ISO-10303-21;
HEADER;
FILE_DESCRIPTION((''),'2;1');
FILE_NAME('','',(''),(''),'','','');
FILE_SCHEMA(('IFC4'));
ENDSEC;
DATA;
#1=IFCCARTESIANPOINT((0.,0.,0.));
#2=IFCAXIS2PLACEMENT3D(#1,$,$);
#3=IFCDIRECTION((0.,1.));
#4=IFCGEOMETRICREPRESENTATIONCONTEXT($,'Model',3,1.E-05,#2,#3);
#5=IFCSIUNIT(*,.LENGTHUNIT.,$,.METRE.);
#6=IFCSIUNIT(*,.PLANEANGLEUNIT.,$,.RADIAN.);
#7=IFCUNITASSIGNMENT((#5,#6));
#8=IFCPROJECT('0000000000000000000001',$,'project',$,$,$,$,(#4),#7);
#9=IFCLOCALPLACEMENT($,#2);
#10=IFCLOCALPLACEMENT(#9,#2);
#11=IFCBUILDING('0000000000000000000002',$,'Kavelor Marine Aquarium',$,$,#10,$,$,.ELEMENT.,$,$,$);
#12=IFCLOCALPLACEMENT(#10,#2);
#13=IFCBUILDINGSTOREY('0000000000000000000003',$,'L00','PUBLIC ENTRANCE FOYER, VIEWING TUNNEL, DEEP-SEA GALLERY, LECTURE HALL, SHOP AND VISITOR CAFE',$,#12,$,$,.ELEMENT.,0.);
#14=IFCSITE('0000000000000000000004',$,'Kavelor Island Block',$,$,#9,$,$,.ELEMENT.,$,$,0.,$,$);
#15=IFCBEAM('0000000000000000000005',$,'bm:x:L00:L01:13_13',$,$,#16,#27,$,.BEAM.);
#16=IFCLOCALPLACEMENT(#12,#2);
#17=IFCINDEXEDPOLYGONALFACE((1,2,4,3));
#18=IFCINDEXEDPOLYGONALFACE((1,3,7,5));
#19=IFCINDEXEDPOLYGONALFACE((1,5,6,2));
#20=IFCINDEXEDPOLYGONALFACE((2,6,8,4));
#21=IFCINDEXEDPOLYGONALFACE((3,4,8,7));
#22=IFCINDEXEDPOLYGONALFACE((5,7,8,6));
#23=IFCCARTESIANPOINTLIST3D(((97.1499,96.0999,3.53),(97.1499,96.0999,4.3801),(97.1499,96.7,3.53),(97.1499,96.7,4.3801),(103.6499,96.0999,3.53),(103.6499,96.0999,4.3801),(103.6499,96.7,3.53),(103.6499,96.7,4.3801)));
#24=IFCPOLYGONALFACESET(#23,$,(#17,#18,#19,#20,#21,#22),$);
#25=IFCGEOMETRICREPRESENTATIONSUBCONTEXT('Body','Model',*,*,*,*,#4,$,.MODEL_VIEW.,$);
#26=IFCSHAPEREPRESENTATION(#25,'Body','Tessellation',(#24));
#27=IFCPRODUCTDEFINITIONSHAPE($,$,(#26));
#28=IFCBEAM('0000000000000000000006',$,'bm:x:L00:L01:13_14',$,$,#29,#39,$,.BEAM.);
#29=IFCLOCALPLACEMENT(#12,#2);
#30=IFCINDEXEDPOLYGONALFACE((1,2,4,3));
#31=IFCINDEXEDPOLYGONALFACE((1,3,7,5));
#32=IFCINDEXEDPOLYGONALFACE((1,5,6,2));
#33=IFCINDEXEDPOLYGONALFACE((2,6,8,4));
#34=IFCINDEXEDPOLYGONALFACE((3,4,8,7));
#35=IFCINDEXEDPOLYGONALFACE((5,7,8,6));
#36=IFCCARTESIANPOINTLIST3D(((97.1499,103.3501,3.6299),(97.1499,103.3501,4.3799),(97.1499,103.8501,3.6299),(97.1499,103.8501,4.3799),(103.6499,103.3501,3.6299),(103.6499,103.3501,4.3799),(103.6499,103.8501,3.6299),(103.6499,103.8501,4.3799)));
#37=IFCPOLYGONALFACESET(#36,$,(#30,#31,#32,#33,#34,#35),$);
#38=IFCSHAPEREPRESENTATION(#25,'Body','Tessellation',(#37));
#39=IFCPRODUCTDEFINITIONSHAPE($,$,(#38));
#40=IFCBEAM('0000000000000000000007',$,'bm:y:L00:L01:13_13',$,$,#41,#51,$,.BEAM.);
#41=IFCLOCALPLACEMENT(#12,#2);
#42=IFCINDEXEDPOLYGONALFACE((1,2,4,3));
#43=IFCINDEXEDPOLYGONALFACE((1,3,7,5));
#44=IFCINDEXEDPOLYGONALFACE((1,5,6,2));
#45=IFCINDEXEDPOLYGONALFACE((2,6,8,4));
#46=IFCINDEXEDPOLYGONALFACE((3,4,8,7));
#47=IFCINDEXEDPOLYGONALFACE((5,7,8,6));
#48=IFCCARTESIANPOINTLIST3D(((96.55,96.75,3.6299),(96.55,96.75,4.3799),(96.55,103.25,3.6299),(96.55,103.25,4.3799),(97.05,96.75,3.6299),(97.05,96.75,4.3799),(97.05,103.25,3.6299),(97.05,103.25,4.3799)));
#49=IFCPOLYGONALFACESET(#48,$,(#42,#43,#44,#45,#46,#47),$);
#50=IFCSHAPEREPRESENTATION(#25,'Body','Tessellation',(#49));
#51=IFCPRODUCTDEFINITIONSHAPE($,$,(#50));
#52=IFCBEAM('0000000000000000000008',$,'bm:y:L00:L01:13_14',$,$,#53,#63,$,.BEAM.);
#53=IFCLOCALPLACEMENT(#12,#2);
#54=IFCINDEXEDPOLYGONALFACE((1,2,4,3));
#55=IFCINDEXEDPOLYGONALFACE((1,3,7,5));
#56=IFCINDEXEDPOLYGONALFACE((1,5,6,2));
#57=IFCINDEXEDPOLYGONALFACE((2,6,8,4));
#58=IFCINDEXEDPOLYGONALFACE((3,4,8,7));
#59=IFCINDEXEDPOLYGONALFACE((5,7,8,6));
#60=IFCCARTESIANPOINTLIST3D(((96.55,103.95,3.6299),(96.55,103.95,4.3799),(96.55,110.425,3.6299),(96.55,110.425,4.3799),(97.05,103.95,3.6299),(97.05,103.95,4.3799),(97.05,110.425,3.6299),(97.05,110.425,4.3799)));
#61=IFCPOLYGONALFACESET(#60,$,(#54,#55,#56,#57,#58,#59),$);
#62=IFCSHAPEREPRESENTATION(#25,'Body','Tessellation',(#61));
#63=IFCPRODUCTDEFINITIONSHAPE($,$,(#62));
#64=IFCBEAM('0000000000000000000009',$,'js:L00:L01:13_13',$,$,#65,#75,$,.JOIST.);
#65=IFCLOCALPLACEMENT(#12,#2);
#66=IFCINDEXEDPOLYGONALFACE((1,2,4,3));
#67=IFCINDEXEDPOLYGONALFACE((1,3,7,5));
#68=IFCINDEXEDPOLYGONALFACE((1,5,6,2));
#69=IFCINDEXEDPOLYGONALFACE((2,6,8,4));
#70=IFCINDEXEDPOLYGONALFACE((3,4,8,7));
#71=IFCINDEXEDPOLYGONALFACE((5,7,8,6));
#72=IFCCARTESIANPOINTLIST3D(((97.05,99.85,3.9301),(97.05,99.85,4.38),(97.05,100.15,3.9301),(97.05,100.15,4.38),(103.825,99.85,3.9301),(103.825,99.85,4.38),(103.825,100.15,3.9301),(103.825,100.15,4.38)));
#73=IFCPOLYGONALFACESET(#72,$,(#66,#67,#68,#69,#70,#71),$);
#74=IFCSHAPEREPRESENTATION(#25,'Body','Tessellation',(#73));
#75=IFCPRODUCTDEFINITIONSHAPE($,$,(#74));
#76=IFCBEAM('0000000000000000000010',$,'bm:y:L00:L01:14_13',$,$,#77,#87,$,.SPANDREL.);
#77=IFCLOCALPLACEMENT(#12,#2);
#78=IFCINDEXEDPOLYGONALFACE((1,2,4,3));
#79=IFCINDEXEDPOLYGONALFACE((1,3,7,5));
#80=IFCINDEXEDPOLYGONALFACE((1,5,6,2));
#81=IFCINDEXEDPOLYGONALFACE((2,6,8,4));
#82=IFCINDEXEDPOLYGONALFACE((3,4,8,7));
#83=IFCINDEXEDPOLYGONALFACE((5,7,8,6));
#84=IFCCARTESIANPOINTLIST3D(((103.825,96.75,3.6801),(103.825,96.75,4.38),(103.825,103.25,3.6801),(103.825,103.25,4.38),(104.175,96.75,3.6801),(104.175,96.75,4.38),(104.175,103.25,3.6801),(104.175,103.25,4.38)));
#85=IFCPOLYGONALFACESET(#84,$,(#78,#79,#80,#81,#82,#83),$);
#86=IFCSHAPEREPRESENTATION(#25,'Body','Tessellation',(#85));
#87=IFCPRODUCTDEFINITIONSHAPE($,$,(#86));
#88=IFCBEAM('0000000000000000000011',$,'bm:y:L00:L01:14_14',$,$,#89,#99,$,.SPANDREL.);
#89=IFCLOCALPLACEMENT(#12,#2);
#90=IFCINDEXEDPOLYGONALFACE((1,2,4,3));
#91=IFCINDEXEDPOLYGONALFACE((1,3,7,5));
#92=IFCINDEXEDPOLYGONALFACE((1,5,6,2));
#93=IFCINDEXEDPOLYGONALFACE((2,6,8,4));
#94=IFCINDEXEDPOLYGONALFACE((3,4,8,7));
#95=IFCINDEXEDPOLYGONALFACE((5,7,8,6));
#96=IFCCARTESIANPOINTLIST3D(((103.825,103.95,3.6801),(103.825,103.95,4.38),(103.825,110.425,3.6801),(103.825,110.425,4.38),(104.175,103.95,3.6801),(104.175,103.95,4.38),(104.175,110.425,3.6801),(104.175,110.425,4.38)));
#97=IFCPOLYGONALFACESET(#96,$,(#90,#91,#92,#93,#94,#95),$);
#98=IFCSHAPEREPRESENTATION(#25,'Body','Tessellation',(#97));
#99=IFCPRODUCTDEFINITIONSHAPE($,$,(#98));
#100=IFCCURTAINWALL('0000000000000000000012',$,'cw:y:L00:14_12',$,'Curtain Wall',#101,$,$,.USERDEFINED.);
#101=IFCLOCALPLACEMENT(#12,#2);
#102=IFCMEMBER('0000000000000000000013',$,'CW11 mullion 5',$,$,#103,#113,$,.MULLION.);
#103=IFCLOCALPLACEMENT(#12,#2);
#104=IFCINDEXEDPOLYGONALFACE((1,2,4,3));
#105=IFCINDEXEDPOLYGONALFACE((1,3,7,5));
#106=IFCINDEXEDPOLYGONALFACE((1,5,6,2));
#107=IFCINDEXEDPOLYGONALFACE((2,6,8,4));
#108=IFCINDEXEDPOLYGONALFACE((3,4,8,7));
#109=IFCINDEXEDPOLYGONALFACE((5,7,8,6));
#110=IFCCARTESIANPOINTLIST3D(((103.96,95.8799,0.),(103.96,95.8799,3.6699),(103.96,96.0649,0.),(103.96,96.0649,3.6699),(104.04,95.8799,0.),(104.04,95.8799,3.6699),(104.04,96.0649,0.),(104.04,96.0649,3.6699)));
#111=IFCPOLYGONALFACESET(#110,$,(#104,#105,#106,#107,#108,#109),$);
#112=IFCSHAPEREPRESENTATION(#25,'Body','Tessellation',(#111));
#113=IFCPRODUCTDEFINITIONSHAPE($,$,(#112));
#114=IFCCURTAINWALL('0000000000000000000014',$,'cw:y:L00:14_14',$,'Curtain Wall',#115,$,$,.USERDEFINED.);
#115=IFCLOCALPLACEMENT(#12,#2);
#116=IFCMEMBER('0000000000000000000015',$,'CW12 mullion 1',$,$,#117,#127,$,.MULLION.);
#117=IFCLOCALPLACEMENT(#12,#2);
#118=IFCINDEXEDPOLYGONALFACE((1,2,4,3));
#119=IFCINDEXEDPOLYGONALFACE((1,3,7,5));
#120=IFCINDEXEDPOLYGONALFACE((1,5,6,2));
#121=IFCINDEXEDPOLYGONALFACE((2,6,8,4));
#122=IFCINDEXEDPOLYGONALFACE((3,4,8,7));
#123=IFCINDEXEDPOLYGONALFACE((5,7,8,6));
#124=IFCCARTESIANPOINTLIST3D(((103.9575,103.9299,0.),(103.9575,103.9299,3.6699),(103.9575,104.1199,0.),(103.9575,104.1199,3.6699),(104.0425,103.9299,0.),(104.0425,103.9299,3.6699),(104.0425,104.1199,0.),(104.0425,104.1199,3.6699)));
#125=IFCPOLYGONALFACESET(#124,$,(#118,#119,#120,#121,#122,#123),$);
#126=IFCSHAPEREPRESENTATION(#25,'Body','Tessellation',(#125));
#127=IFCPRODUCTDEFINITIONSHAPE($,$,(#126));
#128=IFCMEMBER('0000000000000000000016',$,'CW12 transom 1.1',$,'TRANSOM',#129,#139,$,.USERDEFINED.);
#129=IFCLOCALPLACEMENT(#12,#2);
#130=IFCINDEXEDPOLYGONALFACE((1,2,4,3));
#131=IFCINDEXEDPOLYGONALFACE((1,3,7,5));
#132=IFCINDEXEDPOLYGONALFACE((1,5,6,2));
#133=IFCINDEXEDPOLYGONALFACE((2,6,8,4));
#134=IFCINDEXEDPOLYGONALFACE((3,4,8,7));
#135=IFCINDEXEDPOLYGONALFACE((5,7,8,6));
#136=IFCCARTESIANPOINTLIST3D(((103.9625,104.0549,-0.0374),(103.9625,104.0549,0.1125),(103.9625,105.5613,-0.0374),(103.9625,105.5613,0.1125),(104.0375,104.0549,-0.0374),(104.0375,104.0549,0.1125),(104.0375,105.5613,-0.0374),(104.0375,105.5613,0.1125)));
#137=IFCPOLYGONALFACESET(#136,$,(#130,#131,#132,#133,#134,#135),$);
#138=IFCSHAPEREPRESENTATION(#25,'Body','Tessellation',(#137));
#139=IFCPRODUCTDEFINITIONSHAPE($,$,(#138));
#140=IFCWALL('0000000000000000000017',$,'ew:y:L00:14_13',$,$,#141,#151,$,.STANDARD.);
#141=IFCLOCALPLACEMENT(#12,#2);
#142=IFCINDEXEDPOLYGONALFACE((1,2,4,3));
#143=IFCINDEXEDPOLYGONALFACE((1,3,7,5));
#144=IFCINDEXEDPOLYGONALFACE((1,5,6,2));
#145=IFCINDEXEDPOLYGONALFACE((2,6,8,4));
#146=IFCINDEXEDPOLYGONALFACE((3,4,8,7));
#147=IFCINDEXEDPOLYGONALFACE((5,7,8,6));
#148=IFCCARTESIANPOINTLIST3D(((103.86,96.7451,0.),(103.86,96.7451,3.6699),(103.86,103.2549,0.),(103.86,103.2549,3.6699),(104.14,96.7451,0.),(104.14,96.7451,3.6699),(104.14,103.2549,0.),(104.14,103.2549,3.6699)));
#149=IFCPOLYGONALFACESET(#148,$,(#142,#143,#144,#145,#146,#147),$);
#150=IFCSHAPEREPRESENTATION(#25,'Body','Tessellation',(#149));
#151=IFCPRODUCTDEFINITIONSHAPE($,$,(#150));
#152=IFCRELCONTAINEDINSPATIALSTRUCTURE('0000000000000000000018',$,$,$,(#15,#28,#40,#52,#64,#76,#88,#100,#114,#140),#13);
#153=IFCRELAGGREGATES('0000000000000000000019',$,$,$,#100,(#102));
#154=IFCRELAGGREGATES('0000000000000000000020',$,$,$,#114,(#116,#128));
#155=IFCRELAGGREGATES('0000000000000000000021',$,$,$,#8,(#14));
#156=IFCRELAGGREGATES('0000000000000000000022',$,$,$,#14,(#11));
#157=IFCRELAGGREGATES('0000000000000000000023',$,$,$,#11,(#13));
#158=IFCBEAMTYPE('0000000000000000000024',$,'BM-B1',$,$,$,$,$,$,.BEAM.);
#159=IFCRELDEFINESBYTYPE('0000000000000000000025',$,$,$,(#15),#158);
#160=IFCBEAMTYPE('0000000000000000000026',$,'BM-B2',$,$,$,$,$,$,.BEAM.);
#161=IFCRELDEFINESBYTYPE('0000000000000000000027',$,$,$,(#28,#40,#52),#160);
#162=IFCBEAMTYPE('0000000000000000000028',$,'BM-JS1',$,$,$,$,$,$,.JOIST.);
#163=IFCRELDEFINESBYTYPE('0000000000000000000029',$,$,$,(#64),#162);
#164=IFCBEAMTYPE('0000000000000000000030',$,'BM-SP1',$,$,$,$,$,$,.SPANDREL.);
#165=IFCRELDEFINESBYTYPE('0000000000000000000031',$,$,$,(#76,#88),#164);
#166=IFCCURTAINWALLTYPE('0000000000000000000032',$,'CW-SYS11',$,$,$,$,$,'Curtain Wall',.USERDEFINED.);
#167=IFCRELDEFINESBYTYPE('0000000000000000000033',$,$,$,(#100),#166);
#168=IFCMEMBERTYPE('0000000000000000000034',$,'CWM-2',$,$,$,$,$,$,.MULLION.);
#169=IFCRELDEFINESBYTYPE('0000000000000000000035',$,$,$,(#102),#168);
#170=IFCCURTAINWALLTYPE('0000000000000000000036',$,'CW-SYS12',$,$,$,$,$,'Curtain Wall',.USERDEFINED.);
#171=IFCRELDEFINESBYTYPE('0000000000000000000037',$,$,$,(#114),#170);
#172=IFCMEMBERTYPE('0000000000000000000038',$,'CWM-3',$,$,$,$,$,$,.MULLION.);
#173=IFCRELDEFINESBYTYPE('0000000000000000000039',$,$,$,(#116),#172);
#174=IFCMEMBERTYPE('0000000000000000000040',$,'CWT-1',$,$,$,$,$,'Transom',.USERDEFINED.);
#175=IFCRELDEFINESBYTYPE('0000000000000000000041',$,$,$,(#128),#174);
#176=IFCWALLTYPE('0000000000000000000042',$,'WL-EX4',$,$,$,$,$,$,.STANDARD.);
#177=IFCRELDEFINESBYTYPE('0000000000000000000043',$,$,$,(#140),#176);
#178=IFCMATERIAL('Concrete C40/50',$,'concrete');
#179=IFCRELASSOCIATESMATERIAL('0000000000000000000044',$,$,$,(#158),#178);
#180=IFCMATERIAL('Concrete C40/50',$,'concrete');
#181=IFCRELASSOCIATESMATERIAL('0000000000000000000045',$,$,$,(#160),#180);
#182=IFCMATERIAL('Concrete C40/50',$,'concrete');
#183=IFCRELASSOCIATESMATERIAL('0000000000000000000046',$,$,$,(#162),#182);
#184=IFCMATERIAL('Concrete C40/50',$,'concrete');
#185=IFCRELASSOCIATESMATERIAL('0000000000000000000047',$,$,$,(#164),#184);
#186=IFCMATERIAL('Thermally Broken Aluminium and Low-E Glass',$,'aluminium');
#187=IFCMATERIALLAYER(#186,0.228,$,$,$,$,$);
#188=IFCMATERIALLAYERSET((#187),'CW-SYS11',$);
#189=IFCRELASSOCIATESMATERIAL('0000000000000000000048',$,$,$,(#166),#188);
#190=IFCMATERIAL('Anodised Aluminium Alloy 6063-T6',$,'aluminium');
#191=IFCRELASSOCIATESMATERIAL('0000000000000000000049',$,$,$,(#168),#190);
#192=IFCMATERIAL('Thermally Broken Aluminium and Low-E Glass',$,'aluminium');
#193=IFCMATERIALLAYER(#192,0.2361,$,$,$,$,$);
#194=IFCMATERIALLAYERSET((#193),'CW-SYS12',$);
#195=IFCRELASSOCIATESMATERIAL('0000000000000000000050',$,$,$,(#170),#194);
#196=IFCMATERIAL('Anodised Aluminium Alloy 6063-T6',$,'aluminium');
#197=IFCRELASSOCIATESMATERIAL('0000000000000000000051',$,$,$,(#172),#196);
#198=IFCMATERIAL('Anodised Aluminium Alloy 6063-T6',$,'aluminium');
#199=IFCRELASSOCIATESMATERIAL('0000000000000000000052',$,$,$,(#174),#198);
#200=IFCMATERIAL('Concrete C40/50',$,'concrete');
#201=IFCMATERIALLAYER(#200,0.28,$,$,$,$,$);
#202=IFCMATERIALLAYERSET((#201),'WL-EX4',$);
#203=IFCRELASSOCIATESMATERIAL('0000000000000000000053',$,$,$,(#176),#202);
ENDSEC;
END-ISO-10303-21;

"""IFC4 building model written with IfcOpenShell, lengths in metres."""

from ifc_helpers import new_model, si_unit, direction, frame, frame_2d, origin, origin_2d, place, context, subcontext, project, spatial, rectangle, extrude, material, layer, layer_set, material_profile, profile_set, type_object, element, aggregate, save


model = new_model("IFC4")

# Units and contexts
model_context = context("Model", 3, precision=1e-05, world=origin(), true_north=direction((0.0, 1.0)))
body_context = subcontext(model_context, "Body", "Model", "MODEL_VIEW")
ifc_project = project(units=[si_unit("LENGTHUNIT", "METRE"), si_unit("PLANEANGLEUNIT", "RADIAN")], contexts=[model_context])

# Site, building, storey
site_placement = place(None, origin())
site = spatial("IfcSite", under=ifc_project, at=site_placement, Name="Kavelor Island Block", CompositionType="ELEMENT", RefElevation=0.0)
building_placement = place(site_placement, origin())
building = spatial("IfcBuilding", under=site, at=building_placement, Name="Kavelor Marine Aquarium", CompositionType="ELEMENT")
storey_placement = place(building_placement, origin())
storey = spatial("IfcBuildingStorey", under=building, at=storey_placement, Name="L00", Description="PUBLIC ENTRANCE FOYER, VIEWING TUNNEL, DEEP-SEA GALLERY, LECTURE HALL, SHOP AND VISITOR CAFE", CompositionType="ELEMENT", Elevation=0.0)

# Beams
ifc_material_1 = material(Name="Concrete C40/50", Category="concrete")
ifc_material_profile_1 = material_profile(ifc_material_1, rectangle(XDim=0.6001, YDim=0.8501, at=origin_2d()), Name="RC-BM 600x850")
ifc_profile_set_1 = profile_set([ifc_material_profile_1], Name="Concrete C40/50")
beam_type_1 = type_object("IfcBeamType", Name="BM-B1", PredefinedType="BEAM", material=ifc_profile_set_1)
beam_1_placement = place(storey_placement, frame((97.1499, 96.3999, 3.9551), z_axis=(1.0, 0.0, 0.0), x_axis=(0.0, 1.0, 0.0)))
element("IfcBeam", 1, at=beam_1_placement, inside=storey, type_object=beam_type_1, Name="bm:x:L00:L01:13_13", PredefinedType="BEAM", context=body_context, shape_type="SweptSolid", body=[
    extrude(rectangle(XDim=0.6001, YDim=0.8501, at=origin_2d()), origin(), (0.0, 0.0, 1.0), 6.5),
])
ifc_material_2 = material(Name="Concrete C40/50", Category="concrete")
ifc_material_profile_2 = material_profile(ifc_material_2, rectangle(XDim=0.5, YDim=0.75, at=origin_2d()), Name="RC-BM 500x750")
ifc_profile_set_2 = profile_set([ifc_material_profile_2], Name="Concrete C40/50")
beam_type_2 = type_object("IfcBeamType", Name="BM-B2", PredefinedType="BEAM", material=ifc_profile_set_2)
for number, where, z_axis, x_axis, name in (
    (2, (97.1499, 103.6001, 4.0049), (1.0, 0.0, 0.0), (0.0, 1.0, 0.0), "bm:x:L00:L01:13_14"),
    (3, (96.8, 96.75, 4.0049), (0.0, 1.0, 0.0), (-1.0, 0.0, 0.0), "bm:y:L00:L01:13_13"),
):
    element("IfcBeam", number, at=place(storey_placement, frame(where, z_axis=z_axis, x_axis=x_axis)), inside=storey, type_object=beam_type_2, Name=name, PredefinedType="BEAM", context=body_context, shape_type="SweptSolid", body=[
        extrude(rectangle(XDim=0.5, YDim=0.75, at=origin_2d()), origin(), (0.0, 0.0, 1.0), 6.5),
    ])
beam_2_placement = place(storey_placement, frame((96.8, 103.95, 4.0049), z_axis=(0.0, 1.0, 0.0), x_axis=(-1.0, 0.0, 0.0)))
element("IfcBeam", 4, at=beam_2_placement, inside=storey, type_object=beam_type_2, Name="bm:y:L00:L01:13_14", PredefinedType="BEAM", context=body_context, shape_type="SweptSolid", body=[
    extrude(rectangle(XDim=0.5, YDim=0.75, at=origin_2d()), origin(), (0.0, 0.0, 1.0), 6.4751),
])
ifc_material_3 = material(Name="Concrete C40/50", Category="concrete")
ifc_material_profile_3 = material_profile(ifc_material_3, rectangle(XDim=0.3, YDim=0.45, at=origin_2d()), Name="RC-JS 300x450")
ifc_profile_set_3 = profile_set([ifc_material_profile_3], Name="Concrete C40/50")
beam_type_3 = type_object("IfcBeamType", Name="BM-JS1", PredefinedType="JOIST", material=ifc_profile_set_3)
beam_3_placement = place(storey_placement, frame((97.05, 100.0, 4.155), z_axis=(1.0, 0.0, 0.0), x_axis=(0.0, 1.0, 0.0)))
element("IfcBeam", 5, at=beam_3_placement, inside=storey, type_object=beam_type_3, Name="js:L00:L01:13_13", PredefinedType="JOIST", context=body_context, shape_type="SweptSolid", body=[
    extrude(rectangle(XDim=0.3, YDim=0.45, at=origin_2d()), origin(), (0.0, 0.0, 1.0), 6.7749),
])
ifc_material_4 = material(Name="Concrete C40/50", Category="concrete")
ifc_material_profile_4 = material_profile(ifc_material_4, rectangle(XDim=0.3501, YDim=0.7, at=origin_2d()), Name="RC-SP 350x700")
ifc_profile_set_4 = profile_set([ifc_material_profile_4], Name="Concrete C40/50")
beam_type_4 = type_object("IfcBeamType", Name="BM-SP1", PredefinedType="SPANDREL", material=ifc_profile_set_4)
beam_4_placement = place(storey_placement, frame((104.0, 96.75, 4.03), z_axis=(0.0, 1.0, 0.0), x_axis=(-1.0, 0.0, 0.0)))
element("IfcBeam", 6, at=beam_4_placement, inside=storey, type_object=beam_type_4, Name="bm:y:L00:L01:14_13", PredefinedType="SPANDREL", context=body_context, shape_type="SweptSolid", body=[
    extrude(rectangle(XDim=0.3501, YDim=0.7, at=origin_2d()), origin(), (0.0, 0.0, 1.0), 6.5),
])
beam_5_placement = place(storey_placement, frame((104.0, 103.95, 4.03), z_axis=(0.0, 1.0, 0.0), x_axis=(-1.0, 0.0, 0.0)))
element("IfcBeam", 7, at=beam_5_placement, inside=storey, type_object=beam_type_4, Name="bm:y:L00:L01:14_14", PredefinedType="SPANDREL", context=body_context, shape_type="SweptSolid", body=[
    extrude(rectangle(XDim=0.3501, YDim=0.7, at=origin_2d()), origin(), (0.0, 0.0, 1.0), 6.4751),
])

# Curtain wall, member
ifc_material_5 = material(Name="Thermally Broken Aluminium and Low-E Glass", Category="aluminium")
ifc_layer_1 = layer(ifc_material_5, 0.228)
ifc_layer_set_1 = layer_set([ifc_layer_1], Name="CW-SYS11")
curtain_wall_type_1 = type_object("IfcCurtainWallType", Name="CW-SYS11", ElementType="Curtain Wall", PredefinedType="USERDEFINED", material=ifc_layer_set_1)
curtain_wall_1_placement = place(storey_placement, origin())
curtain_wall_1 = element("IfcCurtainWall", 8, at=curtain_wall_1_placement, inside=storey, type_object=curtain_wall_type_1, Name="cw:y:L00:14_12", ObjectType="Curtain Wall", PredefinedType="USERDEFINED")
ifc_material_6 = material(Name="Anodised Aluminium Alloy 6063-T6", Category="aluminium")
ifc_material_profile_5 = material_profile(ifc_material_6, rectangle(XDim=0.0801, YDim=0.1851, at=origin_2d()), Name="CW-MUL 80x185")
ifc_profile_set_5 = profile_set([ifc_material_profile_5], Name="Anodised Aluminium Alloy 6063-T6")
member_type_1 = type_object("IfcMemberType", Name="CWM-2", PredefinedType="MULLION", material=ifc_profile_set_5)
member_1_placement = place(storey_placement, frame((104.0, 95.9724, 0.0), z_axis=(0.0, 0.0, 1.0), x_axis=(-1.0, 0.0, 0.0)))
member_1 = element("IfcMember", 9, at=member_1_placement, type_object=member_type_1, Name="CW11 mullion 5", PredefinedType="MULLION", context=body_context, shape_type="SweptSolid", body=[
    extrude(rectangle(XDim=0.0801, YDim=0.1851, at=origin_2d()), origin(), (0.0, 0.0, 1.0), 3.6699),
])
aggregate(curtain_wall_1, [member_1])

# Curtain wall, members
ifc_material_7 = material(Name="Thermally Broken Aluminium and Low-E Glass", Category="aluminium")
ifc_layer_2 = layer(ifc_material_7, 0.2361)
ifc_layer_set_2 = layer_set([ifc_layer_2], Name="CW-SYS12")
curtain_wall_type_2 = type_object("IfcCurtainWallType", Name="CW-SYS12", ElementType="Curtain Wall", PredefinedType="USERDEFINED", material=ifc_layer_set_2)
curtain_wall_2_placement = place(storey_placement, origin())
curtain_wall_2 = element("IfcCurtainWall", 10, at=curtain_wall_2_placement, inside=storey, type_object=curtain_wall_type_2, Name="cw:y:L00:14_14", ObjectType="Curtain Wall", PredefinedType="USERDEFINED")
ifc_material_8 = material(Name="Anodised Aluminium Alloy 6063-T6", Category="aluminium")
ifc_material_profile_6 = material_profile(ifc_material_8, rectangle(XDim=0.085, YDim=0.1899, at=origin_2d()), Name="CW-MUL 85x190")
ifc_profile_set_6 = profile_set([ifc_material_profile_6], Name="Anodised Aluminium Alloy 6063-T6")
member_type_2 = type_object("IfcMemberType", Name="CWM-3", PredefinedType="MULLION", material=ifc_profile_set_6)
member_2_placement = place(storey_placement, frame((104.0, 104.0249, 0.0), z_axis=(0.0, 0.0, 1.0), x_axis=(-1.0, 0.0, 0.0)))
member_2 = element("IfcMember", 11, at=member_2_placement, type_object=member_type_2, Name="CW12 mullion 1", PredefinedType="MULLION", context=body_context, shape_type="SweptSolid", body=[
    extrude(rectangle(XDim=0.085, YDim=0.1899, at=origin_2d()), origin(), (0.0, 0.0, 1.0), 3.6699),
])
ifc_material_9 = material(Name="Anodised Aluminium Alloy 6063-T6", Category="aluminium")
ifc_material_profile_7 = material_profile(ifc_material_9, rectangle(XDim=0.075, YDim=0.1499, at=origin_2d()), Name="CW-TRN 75x150")
ifc_profile_set_7 = profile_set([ifc_material_profile_7], Name="Anodised Aluminium Alloy 6063-T6")
member_type_3 = type_object("IfcMemberType", Name="CWT-1", ElementType="Transom", PredefinedType="USERDEFINED", material=ifc_profile_set_7)
member_3_placement = place(storey_placement, frame((104.0, 104.0549, 0.0376), z_axis=(0.0, 1.0, 0.0), x_axis=(-1.0, 0.0, 0.0)))
member_3 = element("IfcMember", 12, at=member_3_placement, type_object=member_type_3, Name="CW12 transom 1.1", ObjectType="TRANSOM", PredefinedType="USERDEFINED", context=body_context, shape_type="SweptSolid", body=[
    extrude(rectangle(XDim=0.075, YDim=0.1499, at=origin_2d()), origin(), (0.0, 0.0, 1.0), 1.5063),
])
aggregate(curtain_wall_2, [member_2, member_3])

# Wall
ifc_material_10 = material(Name="Concrete C40/50", Category="concrete")
ifc_layer_3 = layer(ifc_material_10, 0.28)
ifc_layer_set_3 = layer_set([ifc_layer_3], Name="WL-EX4")
wall_type_1 = type_object("IfcWallType", Name="WL-EX4", PredefinedType="STANDARD", material=ifc_layer_set_3)
wall_1_placement = place(storey_placement, frame((104.0, 103.2549, 0.0), z_axis=(0.0, 0.0, 1.0), x_axis=(0.0, -1.0, 0.0)))
element("IfcWall", 13, at=wall_1_placement, inside=storey, type_object=wall_type_1, Name="ew:y:L00:14_13", PredefinedType="STANDARD", context=body_context, shape_type="SweptSolid", body=[
    extrude(rectangle(XDim=6.5098, YDim=0.28, at=frame_2d((3.2549, 0.0))), origin(), (0.0, 0.0, 1.0), 3.6699),
])

save(model, "model.ifc")
